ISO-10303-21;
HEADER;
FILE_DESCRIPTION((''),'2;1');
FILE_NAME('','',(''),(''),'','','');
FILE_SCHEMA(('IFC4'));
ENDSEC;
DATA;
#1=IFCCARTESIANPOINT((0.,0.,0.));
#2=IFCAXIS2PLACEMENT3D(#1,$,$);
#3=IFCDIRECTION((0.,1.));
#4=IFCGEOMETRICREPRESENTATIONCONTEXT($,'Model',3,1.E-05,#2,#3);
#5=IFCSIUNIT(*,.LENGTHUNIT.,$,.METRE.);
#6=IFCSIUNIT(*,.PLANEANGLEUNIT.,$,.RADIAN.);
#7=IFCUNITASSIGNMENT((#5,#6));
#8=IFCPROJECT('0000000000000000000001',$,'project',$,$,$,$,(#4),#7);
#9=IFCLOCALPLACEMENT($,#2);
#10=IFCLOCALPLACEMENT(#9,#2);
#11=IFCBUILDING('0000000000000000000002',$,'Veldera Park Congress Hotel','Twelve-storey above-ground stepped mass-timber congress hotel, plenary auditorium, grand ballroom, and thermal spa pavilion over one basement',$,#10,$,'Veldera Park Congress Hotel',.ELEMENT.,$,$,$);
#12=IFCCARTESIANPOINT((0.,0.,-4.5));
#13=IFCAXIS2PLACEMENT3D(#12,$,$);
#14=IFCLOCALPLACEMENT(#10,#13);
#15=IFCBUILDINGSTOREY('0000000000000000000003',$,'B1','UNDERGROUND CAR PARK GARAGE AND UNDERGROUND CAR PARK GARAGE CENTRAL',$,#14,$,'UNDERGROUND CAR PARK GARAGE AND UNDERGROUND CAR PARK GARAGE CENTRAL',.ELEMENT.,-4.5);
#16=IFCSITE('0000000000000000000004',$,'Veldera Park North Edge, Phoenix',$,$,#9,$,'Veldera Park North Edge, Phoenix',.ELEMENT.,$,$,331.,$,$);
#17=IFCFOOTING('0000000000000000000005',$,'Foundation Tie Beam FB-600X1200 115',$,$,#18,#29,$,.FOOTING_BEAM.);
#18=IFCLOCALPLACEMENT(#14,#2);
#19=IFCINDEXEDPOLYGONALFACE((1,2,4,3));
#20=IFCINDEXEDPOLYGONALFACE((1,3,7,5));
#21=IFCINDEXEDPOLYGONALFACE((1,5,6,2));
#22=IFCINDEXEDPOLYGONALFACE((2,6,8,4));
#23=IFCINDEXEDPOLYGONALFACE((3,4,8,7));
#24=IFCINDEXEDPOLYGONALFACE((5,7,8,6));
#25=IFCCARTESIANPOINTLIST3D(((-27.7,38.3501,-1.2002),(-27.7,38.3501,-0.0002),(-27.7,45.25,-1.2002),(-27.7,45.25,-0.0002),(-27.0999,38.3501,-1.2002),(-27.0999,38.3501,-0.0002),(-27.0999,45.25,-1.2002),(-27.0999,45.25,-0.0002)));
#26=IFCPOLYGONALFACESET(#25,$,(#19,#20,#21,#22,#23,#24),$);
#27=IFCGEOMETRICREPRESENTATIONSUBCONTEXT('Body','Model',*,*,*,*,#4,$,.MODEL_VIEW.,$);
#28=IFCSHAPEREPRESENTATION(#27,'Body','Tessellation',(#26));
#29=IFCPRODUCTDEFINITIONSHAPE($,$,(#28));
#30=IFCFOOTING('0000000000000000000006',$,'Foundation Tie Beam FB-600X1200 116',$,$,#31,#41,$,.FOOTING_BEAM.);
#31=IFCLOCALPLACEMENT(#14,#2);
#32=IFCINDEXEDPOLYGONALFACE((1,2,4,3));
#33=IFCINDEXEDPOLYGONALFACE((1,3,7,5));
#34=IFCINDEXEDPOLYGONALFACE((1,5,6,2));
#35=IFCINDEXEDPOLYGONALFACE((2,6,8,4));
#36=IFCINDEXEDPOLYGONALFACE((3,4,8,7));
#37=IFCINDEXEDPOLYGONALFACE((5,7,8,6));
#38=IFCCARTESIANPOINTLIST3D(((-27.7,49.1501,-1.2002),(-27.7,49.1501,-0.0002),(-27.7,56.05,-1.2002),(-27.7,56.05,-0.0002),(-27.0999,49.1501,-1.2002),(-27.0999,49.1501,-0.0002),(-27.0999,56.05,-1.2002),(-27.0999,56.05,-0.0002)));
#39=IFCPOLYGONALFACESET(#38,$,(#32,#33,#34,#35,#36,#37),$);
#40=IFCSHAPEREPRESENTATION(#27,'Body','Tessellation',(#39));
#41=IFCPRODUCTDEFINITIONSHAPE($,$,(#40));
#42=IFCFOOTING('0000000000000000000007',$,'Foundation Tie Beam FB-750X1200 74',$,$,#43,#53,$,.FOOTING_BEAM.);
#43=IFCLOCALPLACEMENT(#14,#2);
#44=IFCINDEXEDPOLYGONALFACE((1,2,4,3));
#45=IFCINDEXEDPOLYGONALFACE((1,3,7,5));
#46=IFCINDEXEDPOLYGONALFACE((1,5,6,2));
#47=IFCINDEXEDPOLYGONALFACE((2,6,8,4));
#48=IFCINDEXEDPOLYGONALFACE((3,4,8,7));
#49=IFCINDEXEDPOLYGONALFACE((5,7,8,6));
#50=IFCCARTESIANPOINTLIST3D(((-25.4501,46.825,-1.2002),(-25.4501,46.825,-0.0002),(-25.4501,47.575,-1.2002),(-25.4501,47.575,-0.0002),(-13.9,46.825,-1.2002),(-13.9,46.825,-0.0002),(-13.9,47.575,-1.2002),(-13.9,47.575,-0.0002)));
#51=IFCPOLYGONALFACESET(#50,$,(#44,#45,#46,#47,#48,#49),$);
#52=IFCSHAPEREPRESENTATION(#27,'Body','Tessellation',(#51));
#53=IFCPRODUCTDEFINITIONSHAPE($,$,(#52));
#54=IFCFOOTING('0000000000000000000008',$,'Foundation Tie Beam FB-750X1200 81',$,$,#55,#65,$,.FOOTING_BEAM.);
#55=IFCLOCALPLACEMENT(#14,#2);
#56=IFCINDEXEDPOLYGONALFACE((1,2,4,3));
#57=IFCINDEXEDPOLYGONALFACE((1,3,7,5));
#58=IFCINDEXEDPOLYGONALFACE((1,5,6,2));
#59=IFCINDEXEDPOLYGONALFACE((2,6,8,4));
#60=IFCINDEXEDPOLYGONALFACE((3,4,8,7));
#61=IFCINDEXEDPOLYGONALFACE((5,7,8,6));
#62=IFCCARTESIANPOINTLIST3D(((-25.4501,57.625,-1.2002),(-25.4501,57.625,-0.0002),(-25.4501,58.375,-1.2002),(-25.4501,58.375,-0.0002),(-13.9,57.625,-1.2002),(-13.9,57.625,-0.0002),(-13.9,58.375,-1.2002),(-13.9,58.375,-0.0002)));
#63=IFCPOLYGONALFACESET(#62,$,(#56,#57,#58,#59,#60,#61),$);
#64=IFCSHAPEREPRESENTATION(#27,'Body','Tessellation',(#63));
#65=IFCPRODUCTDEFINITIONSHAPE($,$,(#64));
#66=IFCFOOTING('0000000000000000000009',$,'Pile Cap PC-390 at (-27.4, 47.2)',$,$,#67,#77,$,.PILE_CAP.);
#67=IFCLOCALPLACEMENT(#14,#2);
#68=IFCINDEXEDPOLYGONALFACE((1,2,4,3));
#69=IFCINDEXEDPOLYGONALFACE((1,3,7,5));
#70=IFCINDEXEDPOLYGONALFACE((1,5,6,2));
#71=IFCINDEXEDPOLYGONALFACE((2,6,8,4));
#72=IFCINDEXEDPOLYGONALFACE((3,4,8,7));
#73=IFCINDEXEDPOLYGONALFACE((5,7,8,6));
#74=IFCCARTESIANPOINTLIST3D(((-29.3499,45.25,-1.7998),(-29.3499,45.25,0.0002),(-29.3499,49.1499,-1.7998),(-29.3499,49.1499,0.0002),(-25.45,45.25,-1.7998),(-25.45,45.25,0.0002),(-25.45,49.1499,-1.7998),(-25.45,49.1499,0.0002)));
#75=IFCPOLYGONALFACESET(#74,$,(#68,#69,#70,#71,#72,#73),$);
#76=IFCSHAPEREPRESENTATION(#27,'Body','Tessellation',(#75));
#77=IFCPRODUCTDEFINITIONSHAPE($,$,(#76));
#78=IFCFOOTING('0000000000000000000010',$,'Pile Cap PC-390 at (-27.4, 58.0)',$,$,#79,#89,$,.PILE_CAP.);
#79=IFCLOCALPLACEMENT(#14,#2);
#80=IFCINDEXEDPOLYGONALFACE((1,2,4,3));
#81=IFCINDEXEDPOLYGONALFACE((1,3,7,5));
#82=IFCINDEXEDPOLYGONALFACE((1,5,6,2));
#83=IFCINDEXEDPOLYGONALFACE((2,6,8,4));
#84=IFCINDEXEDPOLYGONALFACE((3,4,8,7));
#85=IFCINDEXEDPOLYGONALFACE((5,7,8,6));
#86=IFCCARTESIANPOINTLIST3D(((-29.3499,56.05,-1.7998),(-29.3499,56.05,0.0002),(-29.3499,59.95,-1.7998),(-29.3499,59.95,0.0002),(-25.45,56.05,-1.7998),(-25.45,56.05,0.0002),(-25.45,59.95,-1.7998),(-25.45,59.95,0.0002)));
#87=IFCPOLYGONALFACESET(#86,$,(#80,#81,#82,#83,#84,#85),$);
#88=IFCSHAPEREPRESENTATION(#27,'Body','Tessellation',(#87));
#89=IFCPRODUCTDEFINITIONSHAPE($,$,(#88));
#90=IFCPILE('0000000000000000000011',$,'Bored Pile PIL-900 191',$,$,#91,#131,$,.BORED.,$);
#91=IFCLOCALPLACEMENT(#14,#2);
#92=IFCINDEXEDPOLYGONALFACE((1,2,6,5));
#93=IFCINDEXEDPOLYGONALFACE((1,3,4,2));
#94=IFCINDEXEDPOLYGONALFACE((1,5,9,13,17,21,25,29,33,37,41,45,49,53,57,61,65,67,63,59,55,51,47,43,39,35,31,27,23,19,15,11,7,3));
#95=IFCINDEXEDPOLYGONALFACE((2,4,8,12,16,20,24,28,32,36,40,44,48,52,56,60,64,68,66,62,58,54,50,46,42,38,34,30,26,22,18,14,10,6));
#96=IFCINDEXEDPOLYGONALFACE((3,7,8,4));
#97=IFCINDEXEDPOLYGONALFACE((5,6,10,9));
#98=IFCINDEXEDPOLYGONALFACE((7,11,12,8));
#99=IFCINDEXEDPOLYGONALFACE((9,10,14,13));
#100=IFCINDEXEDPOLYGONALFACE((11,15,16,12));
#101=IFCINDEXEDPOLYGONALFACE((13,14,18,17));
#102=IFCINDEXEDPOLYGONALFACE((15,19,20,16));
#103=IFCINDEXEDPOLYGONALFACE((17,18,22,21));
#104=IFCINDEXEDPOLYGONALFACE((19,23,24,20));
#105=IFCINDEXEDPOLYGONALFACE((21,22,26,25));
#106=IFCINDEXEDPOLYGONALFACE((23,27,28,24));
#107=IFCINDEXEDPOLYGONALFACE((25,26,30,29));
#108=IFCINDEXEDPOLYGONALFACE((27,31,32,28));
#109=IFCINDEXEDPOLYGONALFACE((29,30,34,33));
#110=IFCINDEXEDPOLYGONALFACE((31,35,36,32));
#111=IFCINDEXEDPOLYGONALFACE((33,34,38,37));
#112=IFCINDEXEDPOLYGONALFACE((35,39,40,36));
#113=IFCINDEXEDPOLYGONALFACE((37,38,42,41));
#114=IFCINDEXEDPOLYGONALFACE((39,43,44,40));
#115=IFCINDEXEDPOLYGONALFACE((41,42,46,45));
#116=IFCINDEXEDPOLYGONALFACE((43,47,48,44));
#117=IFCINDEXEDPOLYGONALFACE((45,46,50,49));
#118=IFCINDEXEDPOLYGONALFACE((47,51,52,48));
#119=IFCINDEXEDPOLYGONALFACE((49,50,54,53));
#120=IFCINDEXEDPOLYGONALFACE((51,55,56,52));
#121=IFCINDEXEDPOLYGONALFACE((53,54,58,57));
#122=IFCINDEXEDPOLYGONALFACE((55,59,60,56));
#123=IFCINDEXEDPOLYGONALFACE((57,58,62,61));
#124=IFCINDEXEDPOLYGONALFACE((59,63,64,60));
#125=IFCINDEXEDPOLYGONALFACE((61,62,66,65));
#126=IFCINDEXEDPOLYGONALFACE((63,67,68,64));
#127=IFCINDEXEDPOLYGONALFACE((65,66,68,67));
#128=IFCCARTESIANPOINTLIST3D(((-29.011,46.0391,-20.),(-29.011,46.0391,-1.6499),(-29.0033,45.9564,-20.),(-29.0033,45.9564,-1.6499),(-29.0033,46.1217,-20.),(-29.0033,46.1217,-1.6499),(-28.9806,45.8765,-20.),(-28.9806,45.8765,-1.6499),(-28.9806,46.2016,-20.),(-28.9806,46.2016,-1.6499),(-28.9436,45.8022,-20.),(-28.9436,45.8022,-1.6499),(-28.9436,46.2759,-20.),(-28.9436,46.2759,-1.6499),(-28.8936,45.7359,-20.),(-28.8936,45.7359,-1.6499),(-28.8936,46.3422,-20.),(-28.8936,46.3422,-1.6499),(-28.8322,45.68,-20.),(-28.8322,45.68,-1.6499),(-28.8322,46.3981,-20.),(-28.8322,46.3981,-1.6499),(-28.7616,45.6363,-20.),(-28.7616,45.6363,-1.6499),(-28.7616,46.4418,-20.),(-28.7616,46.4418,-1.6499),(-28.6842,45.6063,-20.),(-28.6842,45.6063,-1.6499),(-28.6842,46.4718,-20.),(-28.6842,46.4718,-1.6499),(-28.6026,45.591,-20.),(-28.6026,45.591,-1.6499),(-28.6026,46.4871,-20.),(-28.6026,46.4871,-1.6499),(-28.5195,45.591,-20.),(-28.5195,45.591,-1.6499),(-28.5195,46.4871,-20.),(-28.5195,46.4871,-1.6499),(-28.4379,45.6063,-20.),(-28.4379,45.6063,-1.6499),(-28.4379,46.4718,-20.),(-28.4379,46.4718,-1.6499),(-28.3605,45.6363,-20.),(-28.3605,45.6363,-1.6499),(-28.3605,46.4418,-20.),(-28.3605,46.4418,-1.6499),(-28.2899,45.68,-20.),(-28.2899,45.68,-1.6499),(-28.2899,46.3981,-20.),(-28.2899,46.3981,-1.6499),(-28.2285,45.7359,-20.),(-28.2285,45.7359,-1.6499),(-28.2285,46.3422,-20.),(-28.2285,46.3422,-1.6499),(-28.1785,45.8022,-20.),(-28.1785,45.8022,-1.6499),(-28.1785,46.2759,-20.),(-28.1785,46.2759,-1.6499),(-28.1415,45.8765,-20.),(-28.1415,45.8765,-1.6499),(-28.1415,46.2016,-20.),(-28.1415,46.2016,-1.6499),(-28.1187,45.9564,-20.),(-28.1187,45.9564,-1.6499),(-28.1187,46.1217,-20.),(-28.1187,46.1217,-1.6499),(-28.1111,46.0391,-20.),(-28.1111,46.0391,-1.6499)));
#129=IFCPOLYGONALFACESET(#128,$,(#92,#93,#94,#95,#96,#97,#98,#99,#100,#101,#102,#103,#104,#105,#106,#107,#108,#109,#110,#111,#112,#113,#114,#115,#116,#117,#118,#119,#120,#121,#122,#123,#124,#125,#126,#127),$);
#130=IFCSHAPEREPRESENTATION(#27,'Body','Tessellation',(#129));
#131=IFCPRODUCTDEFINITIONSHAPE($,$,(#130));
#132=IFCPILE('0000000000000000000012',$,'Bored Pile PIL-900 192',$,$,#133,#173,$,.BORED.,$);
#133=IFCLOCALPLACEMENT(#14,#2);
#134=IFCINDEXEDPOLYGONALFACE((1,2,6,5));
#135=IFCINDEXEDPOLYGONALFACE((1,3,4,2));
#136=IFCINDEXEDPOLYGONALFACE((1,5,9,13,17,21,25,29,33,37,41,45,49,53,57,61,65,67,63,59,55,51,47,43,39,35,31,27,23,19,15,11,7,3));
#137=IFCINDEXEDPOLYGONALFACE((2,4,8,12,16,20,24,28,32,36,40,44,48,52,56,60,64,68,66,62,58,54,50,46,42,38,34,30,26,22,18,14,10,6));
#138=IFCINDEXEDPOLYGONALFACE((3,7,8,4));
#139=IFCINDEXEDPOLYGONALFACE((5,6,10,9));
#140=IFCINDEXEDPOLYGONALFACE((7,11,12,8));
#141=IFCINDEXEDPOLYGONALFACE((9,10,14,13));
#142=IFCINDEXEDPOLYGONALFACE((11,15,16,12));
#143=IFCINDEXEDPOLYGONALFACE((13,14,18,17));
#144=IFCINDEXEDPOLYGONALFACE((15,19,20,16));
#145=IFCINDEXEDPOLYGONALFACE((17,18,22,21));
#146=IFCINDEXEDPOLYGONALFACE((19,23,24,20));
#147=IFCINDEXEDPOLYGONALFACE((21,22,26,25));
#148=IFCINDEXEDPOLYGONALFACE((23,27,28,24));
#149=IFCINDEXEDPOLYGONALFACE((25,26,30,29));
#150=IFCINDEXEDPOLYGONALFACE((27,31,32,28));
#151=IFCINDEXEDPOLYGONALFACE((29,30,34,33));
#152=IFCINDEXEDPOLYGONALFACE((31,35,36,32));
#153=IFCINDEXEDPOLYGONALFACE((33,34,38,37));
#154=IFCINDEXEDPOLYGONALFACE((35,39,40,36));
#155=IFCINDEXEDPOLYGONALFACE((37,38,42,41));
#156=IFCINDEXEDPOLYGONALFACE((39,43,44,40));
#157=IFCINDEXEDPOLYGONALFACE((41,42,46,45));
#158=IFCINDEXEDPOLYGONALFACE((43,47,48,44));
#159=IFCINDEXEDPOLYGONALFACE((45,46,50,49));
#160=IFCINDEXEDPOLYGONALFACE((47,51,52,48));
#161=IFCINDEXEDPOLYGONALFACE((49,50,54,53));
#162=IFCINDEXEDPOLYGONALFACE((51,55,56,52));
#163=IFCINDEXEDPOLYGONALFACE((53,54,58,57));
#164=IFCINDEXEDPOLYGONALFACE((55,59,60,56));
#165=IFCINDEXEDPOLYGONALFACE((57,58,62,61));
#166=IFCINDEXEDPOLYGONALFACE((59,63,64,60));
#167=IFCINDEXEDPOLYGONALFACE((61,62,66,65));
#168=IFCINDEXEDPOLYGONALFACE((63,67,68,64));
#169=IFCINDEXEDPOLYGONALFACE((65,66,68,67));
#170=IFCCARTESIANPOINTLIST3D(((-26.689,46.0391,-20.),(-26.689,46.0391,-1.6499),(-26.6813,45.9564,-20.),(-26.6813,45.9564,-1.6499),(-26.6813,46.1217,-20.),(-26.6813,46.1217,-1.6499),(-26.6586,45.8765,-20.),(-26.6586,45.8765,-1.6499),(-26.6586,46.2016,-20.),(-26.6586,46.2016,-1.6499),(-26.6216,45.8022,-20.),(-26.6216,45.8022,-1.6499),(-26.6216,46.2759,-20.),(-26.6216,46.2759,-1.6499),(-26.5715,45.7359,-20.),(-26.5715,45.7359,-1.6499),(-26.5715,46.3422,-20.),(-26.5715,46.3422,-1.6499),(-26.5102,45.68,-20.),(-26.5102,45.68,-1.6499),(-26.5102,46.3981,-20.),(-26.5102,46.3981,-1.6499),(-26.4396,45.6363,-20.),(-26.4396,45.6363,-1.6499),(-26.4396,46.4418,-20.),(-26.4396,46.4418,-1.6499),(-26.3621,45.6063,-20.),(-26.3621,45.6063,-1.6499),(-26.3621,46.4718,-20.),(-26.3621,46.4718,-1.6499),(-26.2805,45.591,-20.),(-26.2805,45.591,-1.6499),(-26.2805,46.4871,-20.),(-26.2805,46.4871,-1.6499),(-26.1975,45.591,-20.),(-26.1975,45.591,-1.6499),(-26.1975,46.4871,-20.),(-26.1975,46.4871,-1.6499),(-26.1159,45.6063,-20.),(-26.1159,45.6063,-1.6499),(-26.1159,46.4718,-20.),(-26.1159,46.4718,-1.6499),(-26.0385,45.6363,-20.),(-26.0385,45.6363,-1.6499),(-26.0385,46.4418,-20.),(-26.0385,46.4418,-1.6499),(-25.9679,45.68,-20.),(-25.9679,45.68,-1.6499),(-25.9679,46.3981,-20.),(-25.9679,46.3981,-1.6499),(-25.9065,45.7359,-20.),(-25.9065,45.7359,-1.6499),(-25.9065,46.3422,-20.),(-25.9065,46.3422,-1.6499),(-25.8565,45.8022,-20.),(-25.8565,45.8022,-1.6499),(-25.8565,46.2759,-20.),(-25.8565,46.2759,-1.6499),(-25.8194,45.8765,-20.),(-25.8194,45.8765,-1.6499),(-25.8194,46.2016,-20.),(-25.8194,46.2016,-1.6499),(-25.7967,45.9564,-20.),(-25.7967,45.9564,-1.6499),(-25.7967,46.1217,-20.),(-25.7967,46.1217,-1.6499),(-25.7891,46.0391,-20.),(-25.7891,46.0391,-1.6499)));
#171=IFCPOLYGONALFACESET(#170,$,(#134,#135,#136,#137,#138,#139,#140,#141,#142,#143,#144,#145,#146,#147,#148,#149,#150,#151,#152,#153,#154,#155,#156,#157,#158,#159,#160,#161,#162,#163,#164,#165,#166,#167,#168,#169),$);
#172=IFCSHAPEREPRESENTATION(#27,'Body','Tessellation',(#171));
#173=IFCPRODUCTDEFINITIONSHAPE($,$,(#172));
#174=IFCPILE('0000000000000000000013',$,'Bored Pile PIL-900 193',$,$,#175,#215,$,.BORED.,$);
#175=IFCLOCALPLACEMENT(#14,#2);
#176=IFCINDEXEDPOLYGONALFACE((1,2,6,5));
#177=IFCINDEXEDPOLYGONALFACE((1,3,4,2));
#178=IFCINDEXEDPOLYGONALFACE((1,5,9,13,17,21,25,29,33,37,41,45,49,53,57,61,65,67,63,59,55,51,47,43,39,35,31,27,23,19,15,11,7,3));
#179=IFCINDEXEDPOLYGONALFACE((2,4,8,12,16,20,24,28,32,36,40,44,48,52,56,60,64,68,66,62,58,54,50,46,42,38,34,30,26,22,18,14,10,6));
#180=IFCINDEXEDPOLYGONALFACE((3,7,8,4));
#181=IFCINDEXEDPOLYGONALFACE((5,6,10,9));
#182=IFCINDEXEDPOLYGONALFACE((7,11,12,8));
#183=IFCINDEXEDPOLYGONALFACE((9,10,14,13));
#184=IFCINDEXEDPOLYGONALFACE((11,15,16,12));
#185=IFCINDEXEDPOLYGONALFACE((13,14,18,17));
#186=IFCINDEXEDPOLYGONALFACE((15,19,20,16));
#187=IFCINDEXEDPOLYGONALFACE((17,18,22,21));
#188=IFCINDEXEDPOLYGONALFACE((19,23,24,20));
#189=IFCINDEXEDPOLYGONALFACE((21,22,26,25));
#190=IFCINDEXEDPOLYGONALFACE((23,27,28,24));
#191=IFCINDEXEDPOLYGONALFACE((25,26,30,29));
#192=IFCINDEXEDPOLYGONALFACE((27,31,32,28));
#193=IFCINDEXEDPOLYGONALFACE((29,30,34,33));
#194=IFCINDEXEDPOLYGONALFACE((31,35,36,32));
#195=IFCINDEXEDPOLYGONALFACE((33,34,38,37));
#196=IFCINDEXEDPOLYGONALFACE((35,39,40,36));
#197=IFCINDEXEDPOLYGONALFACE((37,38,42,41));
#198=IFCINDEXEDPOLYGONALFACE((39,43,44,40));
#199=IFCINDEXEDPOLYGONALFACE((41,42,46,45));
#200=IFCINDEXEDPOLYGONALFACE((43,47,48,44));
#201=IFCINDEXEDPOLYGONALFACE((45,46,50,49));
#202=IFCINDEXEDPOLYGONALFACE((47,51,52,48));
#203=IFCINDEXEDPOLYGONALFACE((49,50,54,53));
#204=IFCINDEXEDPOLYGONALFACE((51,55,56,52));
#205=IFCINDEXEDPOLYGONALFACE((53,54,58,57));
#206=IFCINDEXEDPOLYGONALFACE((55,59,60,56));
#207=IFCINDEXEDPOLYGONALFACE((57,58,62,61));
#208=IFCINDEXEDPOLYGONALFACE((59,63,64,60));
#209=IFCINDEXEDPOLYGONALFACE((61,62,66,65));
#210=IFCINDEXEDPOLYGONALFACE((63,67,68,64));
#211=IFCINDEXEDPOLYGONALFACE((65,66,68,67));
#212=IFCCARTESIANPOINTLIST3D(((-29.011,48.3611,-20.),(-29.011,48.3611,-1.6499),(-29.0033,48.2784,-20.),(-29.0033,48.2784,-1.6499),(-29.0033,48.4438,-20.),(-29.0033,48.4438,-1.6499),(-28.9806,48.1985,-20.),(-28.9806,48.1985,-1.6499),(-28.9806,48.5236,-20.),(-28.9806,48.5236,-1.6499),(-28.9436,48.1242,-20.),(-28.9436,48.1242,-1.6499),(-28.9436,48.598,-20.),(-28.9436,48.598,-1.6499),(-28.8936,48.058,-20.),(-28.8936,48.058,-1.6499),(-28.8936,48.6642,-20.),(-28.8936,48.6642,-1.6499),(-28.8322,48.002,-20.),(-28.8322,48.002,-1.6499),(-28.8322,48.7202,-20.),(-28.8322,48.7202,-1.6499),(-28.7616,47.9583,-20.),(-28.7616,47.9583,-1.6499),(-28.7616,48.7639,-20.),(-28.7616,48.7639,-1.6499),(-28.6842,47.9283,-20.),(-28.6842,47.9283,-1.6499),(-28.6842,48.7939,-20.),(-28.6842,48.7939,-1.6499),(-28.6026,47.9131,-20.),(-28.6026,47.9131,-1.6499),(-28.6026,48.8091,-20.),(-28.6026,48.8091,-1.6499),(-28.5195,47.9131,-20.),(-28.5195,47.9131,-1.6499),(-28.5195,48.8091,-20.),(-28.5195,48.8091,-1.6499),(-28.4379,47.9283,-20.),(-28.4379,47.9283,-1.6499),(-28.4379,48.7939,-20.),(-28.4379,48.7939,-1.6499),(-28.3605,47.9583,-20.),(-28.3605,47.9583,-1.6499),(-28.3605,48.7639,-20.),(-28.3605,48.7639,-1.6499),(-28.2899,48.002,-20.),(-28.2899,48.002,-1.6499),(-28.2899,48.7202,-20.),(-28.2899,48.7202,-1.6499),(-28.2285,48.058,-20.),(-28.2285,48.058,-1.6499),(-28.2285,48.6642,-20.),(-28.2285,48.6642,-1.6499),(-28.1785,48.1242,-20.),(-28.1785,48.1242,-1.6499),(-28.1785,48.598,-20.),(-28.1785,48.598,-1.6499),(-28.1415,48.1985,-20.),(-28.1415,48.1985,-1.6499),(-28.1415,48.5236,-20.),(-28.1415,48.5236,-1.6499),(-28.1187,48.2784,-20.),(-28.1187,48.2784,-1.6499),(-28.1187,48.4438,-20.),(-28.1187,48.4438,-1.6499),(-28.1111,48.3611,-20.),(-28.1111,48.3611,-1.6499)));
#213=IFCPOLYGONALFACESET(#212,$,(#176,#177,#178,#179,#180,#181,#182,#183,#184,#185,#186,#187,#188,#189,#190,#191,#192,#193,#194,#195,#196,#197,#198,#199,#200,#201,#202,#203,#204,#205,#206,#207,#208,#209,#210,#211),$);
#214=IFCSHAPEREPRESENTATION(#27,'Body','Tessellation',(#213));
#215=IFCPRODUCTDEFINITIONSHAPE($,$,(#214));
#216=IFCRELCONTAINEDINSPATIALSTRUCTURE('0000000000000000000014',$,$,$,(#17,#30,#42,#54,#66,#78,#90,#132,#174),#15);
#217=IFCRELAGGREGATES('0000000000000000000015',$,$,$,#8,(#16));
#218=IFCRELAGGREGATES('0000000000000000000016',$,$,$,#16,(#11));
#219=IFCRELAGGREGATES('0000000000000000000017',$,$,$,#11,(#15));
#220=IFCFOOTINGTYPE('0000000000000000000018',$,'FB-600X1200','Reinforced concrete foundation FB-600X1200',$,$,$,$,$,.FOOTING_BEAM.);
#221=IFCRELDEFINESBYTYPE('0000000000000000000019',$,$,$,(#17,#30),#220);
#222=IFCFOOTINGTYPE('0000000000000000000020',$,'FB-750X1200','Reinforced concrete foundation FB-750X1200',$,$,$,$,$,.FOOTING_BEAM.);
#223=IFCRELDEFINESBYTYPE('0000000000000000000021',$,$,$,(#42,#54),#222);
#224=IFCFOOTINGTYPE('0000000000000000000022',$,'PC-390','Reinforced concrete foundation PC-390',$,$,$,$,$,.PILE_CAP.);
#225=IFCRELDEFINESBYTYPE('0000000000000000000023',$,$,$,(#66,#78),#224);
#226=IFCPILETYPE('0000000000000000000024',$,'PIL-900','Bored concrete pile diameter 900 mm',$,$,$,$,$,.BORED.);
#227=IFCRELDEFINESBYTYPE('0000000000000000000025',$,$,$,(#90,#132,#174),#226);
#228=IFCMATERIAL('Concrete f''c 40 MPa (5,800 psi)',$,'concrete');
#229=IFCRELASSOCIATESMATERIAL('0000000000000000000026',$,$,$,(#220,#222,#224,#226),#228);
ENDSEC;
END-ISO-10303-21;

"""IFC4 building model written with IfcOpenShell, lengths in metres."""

from ifc_helpers import new_model, si_unit, direction, frame, origin, origin_2d, place, context, subcontext, project, spatial, rectangle, circle, extrude, material, material_profile, profile_set, type_object, element, save


model = new_model("IFC4")

# Units and contexts
model_context = context("Model", 3, precision=1e-05, world=origin(), true_north=direction((0.0, 1.0)))
body_context = subcontext(model_context, "Body", "Model", "MODEL_VIEW")
ifc_project = project(units=[si_unit("LENGTHUNIT", "METRE"), si_unit("PLANEANGLEUNIT", "RADIAN")], contexts=[model_context])

# Site, building, storey
site_placement = place(None, origin())
site = spatial("IfcSite", under=ifc_project, at=site_placement, Name="Veldera Park North Edge, Phoenix", LongName="Veldera Park North Edge, Phoenix", CompositionType="ELEMENT", RefElevation=331.0)
building_placement = place(site_placement, origin())
building = spatial("IfcBuilding", under=site, at=building_placement, Name="Veldera Park Congress Hotel", Description="Twelve-storey above-ground stepped mass-timber congress hotel, plenary auditorium, grand ballroom, and thermal spa pavilion over one basement", LongName="Veldera Park Congress Hotel", CompositionType="ELEMENT")
storey_placement = place(building_placement, frame((0.0, 0.0, -4.5)))
storey = spatial("IfcBuildingStorey", under=building, at=storey_placement, Name="B1", Description="UNDERGROUND CAR PARK GARAGE AND UNDERGROUND CAR PARK GARAGE CENTRAL", LongName="UNDERGROUND CAR PARK GARAGE AND UNDERGROUND CAR PARK GARAGE CENTRAL", CompositionType="ELEMENT", Elevation=-4.5)

# Footings
ifc_material_1 = material(Name="Concrete f'c 40 MPa (5,800 psi)", Category="concrete")
footing_type_1 = type_object("IfcFootingType", Name="FB-600X1200", Description="Reinforced concrete foundation FB-600X1200", PredefinedType="FOOTING_BEAM", material=ifc_material_1)
for number, where, z_axis, x_axis, name in (
    (1, (-27.3999, 41.8, -1.2002), (0.0, 0.0, 1.0), (0.0, 1.0, 0.0), "Foundation Tie Beam FB-600X1200 115"),
    (2, (-27.3999, 52.6001, -1.2002), (0.0, 0.0, 1.0), (0.0, 1.0, 0.0), "Foundation Tie Beam FB-600X1200 116"),
):
    element("IfcFooting", number, at=place(storey_placement, frame(where, z_axis=z_axis, x_axis=x_axis)), inside=storey, type_object=footing_type_1, Name=name, PredefinedType="FOOTING_BEAM", context=body_context, shape_type="SweptSolid", body=[
        extrude(rectangle(XDim=6.8999, YDim=0.6001, at=origin_2d()), origin(), (0.0, 0.0, 1.0), 1.2),
    ])
footing_type_2 = type_object("IfcFootingType", Name="FB-750X1200", Description="Reinforced concrete foundation FB-750X1200", PredefinedType="FOOTING_BEAM", material=ifc_material_1)
for number, where, z_axis, x_axis, name in (
    (3, (-19.675, 47.2, -1.2002), (0.0, 0.0, 1.0), (1.0, 0.0, 0.0), "Foundation Tie Beam FB-750X1200 74"),
    (4, (-19.675, 58.0, -1.2002), (0.0, 0.0, 1.0), (1.0, 0.0, 0.0), "Foundation Tie Beam FB-750X1200 81"),
):
    element("IfcFooting", number, at=place(storey_placement, frame(where, z_axis=z_axis, x_axis=x_axis)), inside=storey, type_object=footing_type_2, Name=name, PredefinedType="FOOTING_BEAM", context=body_context, shape_type="SweptSolid", body=[
        extrude(rectangle(XDim=11.55, YDim=0.75, at=origin_2d()), origin(), (0.0, 0.0, 1.0), 1.2),
    ])
footing_type_3 = type_object("IfcFootingType", Name="PC-390", Description="Reinforced concrete foundation PC-390", PredefinedType="PILE_CAP", material=ifc_material_1)
for number, where, z_axis, x_axis, name in (
    (5, (-27.3999, 47.2, -1.7998), (0.0, 0.0, 1.0), (1.0, 0.0, 0.0), "Pile Cap PC-390 at (-27.4, 47.2)"),
    (6, (-27.3999, 58.0, -1.7998), (0.0, 0.0, 1.0), (1.0, 0.0, 0.0), "Pile Cap PC-390 at (-27.4, 58.0)"),
):
    element("IfcFooting", number, at=place(storey_placement, frame(where, z_axis=z_axis, x_axis=x_axis)), inside=storey, type_object=footing_type_3, Name=name, PredefinedType="PILE_CAP", context=body_context, shape_type="SweptSolid", body=[
        extrude(rectangle(XDim=3.8999, YDim=3.8999, at=origin_2d()), origin(), (0.0, 0.0, 1.0), 1.8),
    ])

# Piles
ifc_material_profile_1 = material_profile(ifc_material_1, circle(Radius=0.45, at=origin_2d()), Name="PILE D900")
ifc_profile_set_1 = profile_set([ifc_material_profile_1], Name="Concrete f'c 40 MPa (5,800 psi)")
pile_type = type_object("IfcPileType", Name="PIL-900", Description="Bored concrete pile diameter 900 mm", PredefinedType="BORED", material=ifc_profile_set_1)
for number, where, z_axis, x_axis, name in (
    (7, (-28.561, 46.0391, -1.6499), (0.0, 0.0, -1.0), (1.0, 0.0, 0.0), "Bored Pile PIL-900 191"),
    (8, (-26.239, 46.0391, -1.6499), (0.0, 0.0, -1.0), (1.0, 0.0, 0.0), "Bored Pile PIL-900 192"),
    (9, (-28.561, 48.3611, -1.6499), (0.0, 0.0, -1.0), (1.0, 0.0, 0.0), "Bored Pile PIL-900 193"),
):
    element("IfcPile", number, at=place(storey_placement, frame(where, z_axis=z_axis, x_axis=x_axis)), inside=storey, type_object=pile_type, Name=name, PredefinedType="BORED", context=body_context, shape_type="SweptSolid", body=[
        extrude(circle(Radius=0.45, at=origin_2d()), origin(), (0.0, 0.0, 1.0), 18.3501),
    ])

save(model, "model.ifc")
